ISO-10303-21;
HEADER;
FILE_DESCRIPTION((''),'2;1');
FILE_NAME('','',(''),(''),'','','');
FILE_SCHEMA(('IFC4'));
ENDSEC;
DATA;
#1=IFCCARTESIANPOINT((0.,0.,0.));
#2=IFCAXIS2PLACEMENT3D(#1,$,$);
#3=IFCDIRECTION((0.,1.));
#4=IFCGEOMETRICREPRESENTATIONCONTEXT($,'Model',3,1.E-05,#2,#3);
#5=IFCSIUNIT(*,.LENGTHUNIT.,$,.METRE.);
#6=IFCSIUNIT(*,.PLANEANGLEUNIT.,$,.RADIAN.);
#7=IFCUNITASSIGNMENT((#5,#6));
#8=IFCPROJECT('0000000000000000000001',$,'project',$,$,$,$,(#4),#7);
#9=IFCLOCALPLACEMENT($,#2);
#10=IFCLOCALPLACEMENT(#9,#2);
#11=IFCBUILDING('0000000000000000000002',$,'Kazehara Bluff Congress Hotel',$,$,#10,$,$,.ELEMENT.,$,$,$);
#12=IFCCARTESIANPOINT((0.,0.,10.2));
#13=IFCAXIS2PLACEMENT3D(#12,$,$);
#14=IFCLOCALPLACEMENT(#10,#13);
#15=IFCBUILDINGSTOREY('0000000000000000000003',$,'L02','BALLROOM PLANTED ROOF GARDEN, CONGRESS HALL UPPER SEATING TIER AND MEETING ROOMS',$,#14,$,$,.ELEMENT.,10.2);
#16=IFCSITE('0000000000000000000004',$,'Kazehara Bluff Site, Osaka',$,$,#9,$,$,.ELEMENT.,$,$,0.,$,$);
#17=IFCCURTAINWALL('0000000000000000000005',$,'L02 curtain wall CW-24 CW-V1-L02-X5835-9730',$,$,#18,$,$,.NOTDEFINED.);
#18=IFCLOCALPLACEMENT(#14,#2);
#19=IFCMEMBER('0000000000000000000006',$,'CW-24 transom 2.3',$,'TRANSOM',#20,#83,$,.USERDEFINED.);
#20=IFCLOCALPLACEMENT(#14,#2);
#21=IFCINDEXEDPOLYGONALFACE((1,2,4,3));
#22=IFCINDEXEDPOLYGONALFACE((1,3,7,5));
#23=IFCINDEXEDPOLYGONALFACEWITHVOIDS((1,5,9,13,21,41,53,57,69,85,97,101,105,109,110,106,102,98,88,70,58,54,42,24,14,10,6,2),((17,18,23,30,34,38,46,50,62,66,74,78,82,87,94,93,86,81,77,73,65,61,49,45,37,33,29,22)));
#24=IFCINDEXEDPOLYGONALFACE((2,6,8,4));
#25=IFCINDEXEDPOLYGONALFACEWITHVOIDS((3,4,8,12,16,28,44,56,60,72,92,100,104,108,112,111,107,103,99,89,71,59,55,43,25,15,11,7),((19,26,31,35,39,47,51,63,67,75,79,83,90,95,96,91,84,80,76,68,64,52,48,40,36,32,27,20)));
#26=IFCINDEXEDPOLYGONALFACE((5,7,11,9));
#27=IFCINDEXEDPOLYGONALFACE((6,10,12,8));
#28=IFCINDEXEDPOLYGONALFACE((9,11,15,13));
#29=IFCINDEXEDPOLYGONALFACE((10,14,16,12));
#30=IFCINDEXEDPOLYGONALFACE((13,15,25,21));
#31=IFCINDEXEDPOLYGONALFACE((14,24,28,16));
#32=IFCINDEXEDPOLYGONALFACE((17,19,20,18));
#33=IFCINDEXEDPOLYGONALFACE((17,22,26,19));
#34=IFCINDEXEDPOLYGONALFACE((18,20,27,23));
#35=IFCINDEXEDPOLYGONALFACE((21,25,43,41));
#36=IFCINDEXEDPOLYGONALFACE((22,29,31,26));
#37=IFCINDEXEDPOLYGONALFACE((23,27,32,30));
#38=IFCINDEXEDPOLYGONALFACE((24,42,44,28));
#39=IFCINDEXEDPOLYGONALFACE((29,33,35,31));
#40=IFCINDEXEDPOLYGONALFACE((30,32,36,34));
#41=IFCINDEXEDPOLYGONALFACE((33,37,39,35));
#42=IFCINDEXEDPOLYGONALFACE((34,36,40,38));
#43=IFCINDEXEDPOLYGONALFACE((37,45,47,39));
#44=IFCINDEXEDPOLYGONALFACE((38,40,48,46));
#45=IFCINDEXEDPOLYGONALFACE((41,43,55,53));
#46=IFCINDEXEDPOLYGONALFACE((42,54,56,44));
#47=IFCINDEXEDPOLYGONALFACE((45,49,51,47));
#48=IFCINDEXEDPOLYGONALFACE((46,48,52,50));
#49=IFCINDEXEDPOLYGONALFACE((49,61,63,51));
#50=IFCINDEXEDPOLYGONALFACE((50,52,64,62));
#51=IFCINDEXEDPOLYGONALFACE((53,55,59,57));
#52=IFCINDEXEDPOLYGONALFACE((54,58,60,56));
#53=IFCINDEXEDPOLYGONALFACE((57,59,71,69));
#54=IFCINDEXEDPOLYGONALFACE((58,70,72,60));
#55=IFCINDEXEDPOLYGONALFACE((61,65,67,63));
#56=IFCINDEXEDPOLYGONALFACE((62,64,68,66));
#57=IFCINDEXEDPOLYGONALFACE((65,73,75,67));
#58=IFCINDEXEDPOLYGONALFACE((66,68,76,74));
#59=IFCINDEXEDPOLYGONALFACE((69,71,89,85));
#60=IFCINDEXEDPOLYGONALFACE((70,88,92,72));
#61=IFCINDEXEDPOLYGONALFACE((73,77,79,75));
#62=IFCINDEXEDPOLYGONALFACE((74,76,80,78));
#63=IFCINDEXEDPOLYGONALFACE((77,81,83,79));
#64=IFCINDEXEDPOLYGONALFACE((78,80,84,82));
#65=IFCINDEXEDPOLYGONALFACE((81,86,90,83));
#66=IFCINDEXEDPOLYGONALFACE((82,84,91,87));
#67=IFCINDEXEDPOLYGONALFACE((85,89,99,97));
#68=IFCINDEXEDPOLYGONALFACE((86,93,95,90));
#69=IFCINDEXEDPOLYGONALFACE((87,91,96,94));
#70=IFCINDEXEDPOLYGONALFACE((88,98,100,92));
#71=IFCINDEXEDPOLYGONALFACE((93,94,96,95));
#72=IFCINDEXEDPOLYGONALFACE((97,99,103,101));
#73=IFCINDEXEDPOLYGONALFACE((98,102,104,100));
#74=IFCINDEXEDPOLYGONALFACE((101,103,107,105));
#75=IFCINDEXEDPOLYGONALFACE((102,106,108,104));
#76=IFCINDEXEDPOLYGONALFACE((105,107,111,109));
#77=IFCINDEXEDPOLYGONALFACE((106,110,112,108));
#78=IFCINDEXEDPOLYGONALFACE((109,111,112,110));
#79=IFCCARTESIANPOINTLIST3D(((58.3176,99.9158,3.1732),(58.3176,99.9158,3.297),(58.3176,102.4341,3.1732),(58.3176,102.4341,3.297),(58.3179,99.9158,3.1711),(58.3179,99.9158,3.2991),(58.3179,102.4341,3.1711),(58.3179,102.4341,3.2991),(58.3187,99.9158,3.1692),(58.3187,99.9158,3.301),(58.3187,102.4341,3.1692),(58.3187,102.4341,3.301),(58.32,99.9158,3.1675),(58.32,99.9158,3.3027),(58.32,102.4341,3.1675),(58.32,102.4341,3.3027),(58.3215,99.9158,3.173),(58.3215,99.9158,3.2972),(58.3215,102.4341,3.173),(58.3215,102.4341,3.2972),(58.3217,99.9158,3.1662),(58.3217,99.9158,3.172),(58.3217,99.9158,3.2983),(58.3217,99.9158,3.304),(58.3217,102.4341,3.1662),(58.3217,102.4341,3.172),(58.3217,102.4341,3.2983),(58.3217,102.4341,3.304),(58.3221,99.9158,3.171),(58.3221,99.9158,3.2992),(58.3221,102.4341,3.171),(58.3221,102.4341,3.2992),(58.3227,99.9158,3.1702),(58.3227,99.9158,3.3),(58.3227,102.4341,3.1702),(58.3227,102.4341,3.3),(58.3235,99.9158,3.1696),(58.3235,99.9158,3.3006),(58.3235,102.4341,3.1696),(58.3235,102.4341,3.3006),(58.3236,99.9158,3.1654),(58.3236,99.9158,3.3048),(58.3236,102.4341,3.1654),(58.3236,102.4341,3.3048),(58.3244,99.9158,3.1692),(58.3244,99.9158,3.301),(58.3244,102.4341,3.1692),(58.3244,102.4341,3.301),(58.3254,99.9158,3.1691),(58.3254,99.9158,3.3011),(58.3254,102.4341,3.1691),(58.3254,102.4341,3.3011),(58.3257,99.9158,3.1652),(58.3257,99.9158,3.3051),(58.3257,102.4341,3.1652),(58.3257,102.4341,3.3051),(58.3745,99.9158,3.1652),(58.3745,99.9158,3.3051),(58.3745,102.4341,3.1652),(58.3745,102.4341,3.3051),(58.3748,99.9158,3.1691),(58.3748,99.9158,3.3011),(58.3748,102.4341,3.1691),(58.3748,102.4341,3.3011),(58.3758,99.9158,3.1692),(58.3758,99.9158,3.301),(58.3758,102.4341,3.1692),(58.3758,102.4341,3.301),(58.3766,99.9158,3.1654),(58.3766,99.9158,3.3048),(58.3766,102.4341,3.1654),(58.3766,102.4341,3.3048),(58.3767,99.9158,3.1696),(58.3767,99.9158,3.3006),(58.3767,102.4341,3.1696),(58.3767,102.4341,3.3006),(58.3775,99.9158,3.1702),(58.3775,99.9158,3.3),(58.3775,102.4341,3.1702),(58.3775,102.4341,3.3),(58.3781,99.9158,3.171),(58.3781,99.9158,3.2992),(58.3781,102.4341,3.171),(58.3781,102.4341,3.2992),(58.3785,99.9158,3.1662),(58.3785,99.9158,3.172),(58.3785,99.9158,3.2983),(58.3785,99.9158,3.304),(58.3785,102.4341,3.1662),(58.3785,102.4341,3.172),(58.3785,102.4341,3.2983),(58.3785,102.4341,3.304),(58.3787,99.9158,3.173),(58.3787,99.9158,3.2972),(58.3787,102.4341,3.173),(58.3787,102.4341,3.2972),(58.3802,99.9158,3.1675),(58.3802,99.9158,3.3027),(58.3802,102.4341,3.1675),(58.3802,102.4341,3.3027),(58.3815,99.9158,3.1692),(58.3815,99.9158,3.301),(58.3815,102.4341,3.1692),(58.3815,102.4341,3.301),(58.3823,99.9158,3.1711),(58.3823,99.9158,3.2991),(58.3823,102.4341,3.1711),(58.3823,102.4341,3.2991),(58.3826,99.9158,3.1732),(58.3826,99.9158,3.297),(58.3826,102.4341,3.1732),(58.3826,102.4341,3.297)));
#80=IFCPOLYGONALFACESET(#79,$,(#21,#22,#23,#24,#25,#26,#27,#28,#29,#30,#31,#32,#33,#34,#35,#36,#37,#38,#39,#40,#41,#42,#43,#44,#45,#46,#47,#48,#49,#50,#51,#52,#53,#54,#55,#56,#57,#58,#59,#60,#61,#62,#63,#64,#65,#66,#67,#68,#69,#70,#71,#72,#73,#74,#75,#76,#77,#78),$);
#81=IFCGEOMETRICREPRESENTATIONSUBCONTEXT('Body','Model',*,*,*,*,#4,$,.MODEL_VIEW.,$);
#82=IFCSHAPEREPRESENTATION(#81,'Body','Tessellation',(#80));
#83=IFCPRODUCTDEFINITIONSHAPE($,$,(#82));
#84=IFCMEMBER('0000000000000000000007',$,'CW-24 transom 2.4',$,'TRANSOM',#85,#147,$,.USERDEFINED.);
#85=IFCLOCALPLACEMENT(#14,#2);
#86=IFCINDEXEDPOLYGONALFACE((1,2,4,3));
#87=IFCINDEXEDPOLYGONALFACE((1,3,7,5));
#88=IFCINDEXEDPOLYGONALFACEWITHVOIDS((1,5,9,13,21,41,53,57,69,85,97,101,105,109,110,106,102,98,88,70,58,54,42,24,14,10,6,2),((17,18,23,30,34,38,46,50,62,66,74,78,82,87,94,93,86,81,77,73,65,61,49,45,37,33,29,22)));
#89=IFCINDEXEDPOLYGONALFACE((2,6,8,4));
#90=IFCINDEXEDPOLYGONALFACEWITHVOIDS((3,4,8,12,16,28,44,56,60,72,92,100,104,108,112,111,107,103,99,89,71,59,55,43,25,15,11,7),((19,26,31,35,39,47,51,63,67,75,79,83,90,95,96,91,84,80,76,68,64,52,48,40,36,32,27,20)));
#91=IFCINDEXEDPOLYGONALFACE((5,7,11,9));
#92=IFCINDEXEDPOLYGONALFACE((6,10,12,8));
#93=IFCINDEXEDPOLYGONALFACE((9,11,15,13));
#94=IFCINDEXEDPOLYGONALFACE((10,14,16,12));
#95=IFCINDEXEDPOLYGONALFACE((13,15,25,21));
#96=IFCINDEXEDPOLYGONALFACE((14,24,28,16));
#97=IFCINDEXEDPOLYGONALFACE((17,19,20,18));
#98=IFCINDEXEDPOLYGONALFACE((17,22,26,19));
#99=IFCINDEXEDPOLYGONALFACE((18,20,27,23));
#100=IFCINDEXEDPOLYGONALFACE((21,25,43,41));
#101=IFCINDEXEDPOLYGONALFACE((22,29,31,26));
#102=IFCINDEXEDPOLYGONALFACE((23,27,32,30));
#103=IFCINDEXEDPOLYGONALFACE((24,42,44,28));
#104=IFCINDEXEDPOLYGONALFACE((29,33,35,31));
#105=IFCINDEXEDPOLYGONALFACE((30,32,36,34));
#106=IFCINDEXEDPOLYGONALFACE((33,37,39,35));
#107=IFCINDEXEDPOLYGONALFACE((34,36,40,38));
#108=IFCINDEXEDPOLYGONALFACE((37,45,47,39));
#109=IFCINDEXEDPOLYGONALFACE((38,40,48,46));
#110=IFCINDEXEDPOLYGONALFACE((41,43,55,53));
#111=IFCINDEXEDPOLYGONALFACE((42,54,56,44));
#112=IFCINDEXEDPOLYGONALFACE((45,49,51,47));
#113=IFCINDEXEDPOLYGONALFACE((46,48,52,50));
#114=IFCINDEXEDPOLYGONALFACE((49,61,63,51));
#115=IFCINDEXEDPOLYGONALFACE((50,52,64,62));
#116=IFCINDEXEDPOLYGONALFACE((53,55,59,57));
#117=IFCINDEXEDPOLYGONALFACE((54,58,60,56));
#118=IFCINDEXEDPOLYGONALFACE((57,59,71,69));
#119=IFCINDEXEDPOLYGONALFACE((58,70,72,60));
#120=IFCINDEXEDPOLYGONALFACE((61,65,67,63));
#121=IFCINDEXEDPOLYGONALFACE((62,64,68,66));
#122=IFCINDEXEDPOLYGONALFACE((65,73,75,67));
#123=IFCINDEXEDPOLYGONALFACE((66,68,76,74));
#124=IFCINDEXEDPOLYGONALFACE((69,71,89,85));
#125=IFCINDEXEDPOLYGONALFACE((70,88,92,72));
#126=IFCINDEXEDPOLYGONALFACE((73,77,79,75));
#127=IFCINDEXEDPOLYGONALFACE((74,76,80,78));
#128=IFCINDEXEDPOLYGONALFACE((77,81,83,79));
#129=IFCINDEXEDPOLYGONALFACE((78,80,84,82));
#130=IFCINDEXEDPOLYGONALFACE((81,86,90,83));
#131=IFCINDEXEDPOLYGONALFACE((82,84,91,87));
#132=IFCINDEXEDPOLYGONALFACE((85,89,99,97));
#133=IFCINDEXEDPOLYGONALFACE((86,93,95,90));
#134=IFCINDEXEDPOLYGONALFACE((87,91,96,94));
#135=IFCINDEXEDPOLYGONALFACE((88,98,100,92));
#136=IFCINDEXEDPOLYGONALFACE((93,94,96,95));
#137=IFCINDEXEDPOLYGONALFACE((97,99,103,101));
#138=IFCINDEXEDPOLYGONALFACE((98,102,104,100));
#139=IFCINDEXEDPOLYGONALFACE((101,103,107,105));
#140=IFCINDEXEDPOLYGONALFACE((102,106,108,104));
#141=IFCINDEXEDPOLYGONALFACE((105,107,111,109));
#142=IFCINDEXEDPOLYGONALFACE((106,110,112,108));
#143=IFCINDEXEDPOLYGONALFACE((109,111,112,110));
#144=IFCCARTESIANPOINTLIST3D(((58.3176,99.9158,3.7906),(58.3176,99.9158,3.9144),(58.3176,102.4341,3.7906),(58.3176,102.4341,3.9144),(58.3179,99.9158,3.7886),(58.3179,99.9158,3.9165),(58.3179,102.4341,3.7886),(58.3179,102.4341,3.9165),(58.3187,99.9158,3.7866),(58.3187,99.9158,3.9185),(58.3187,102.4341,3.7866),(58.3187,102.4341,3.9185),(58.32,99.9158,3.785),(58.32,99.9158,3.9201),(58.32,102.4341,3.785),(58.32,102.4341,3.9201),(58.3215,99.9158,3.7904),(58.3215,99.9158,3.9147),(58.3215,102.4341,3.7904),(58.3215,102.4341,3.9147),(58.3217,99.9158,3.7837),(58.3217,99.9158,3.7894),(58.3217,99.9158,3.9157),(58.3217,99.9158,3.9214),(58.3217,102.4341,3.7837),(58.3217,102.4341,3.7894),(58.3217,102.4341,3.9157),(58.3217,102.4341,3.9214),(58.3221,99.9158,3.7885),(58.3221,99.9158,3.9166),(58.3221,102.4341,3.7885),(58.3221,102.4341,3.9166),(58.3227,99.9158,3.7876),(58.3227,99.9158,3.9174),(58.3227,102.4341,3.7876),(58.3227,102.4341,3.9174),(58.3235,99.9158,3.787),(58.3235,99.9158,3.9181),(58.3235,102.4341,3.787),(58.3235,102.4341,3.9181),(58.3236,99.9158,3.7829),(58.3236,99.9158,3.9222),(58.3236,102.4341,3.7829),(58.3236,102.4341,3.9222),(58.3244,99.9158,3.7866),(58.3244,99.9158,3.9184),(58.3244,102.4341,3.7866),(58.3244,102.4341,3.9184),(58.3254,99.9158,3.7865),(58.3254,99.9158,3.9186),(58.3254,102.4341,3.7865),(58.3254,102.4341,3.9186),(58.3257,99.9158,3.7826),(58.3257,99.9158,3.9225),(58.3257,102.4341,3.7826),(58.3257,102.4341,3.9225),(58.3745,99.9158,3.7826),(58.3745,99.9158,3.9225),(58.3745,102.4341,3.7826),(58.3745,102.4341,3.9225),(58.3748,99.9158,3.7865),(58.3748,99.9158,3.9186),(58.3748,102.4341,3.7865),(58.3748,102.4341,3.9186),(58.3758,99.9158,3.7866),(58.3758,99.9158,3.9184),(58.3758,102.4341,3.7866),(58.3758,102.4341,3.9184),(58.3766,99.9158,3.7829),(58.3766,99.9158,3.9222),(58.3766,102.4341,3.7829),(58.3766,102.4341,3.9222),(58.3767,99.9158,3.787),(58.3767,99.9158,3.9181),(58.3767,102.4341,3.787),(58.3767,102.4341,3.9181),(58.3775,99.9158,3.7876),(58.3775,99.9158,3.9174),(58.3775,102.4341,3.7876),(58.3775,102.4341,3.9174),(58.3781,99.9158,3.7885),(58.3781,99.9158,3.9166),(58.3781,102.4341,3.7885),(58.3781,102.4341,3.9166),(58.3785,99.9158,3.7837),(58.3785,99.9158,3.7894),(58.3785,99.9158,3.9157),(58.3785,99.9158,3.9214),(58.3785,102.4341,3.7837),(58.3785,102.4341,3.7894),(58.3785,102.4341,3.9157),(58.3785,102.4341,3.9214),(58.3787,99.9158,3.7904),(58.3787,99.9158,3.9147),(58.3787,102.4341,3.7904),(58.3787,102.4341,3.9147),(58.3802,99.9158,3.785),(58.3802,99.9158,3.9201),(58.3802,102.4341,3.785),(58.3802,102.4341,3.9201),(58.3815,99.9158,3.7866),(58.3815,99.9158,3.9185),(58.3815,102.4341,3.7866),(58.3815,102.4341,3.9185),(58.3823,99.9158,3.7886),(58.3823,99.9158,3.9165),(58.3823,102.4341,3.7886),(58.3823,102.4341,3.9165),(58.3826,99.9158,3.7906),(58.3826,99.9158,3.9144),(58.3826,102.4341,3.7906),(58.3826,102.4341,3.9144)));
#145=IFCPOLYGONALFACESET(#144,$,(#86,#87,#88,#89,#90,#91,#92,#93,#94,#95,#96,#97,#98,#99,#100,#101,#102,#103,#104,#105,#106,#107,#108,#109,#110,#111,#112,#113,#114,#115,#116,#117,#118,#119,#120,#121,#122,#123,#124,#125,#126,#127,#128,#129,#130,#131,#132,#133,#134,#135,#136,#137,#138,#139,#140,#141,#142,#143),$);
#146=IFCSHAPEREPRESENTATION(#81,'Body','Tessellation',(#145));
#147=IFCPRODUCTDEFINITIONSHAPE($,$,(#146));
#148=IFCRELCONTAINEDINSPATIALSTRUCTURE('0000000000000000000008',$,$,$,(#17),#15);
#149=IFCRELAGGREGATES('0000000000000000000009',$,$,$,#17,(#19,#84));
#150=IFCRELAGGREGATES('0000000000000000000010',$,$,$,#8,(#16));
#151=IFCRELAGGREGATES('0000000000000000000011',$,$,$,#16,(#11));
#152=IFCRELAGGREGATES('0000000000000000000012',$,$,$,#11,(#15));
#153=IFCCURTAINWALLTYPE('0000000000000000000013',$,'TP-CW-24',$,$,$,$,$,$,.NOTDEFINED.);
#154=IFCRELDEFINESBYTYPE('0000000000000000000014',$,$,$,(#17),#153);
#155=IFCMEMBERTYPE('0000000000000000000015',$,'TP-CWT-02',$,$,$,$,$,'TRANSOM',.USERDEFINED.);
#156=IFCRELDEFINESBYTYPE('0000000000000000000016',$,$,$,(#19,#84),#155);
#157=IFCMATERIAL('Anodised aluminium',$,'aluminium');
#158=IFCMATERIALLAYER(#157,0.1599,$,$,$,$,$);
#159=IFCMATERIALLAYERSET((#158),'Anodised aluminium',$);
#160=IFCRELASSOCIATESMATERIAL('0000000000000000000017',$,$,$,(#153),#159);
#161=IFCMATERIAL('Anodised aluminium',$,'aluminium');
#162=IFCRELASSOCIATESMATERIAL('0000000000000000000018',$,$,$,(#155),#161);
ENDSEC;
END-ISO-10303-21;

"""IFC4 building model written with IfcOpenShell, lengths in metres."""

from ifc_helpers import new_model, si_unit, direction, frame, origin, origin_2d, place, context, subcontext, project, spatial, hollow_rectangle, extrude, material, layer, layer_set, material_profile, profile_set, type_object, element, aggregate, save


model = new_model("IFC4")

# Units and contexts
model_context = context("Model", 3, precision=1e-05, world=origin(), true_north=direction((0.0, 1.0)))
body_context = subcontext(model_context, "Body", "Model", "MODEL_VIEW")
ifc_project = project(units=[si_unit("LENGTHUNIT", "METRE"), si_unit("PLANEANGLEUNIT", "RADIAN")], contexts=[model_context])

# Site, building, storey
site_placement = place(None, origin())
site = spatial("IfcSite", under=ifc_project, at=site_placement, Name="Kazehara Bluff Site, Osaka", CompositionType="ELEMENT", RefElevation=0.0)
building_placement = place(site_placement, origin())
building = spatial("IfcBuilding", under=site, at=building_placement, Name="Kazehara Bluff Congress Hotel", CompositionType="ELEMENT")
storey_placement = place(building_placement, frame((0.0, 0.0, 10.2)))
storey = spatial("IfcBuildingStorey", under=building, at=storey_placement, Name="L02", Description="BALLROOM PLANTED ROOF GARDEN, CONGRESS HALL UPPER SEATING TIER AND MEETING ROOMS", CompositionType="ELEMENT", Elevation=10.2)

# Curtain wall
ifc_material_1 = material(Name="Anodised aluminium", Category="aluminium")
ifc_layer_1 = layer(ifc_material_1, 0.1599)
ifc_layer_set_1 = layer_set([ifc_layer_1], Name="Anodised aluminium")
curtain_wall_type_1 = type_object("IfcCurtainWallType", Name="TP-CW-24", PredefinedType="NOTDEFINED", material=ifc_layer_set_1)
curtain_wall_1_placement = place(storey_placement, origin())
curtain_wall_1 = element("IfcCurtainWall", 1, at=curtain_wall_1_placement, inside=storey, type_object=curtain_wall_type_1, Name="L02 curtain wall CW-24 CW-V1-L02-X5835-9730", PredefinedType="NOTDEFINED")

# Members
ifc_material_2 = material(Name="Anodised aluminium", Category="aluminium")
ifc_material_profile_1 = material_profile(ifc_material_2, hollow_rectangle(XDim=0.0649, YDim=0.1399, WallThickness=0.0039, InnerFilletRadius=0.0039, OuterFilletRadius=0.0081, at=origin_2d()))
ifc_profile_set_1 = profile_set([ifc_material_profile_1], Name="Anodised aluminium")
member_type_1 = type_object("IfcMemberType", Name="TP-CWT-02", ElementType="TRANSOM", PredefinedType="USERDEFINED", material=ifc_profile_set_1)
member_1_placement = place(storey_placement, frame((58.3501, 99.9158, 3.2351), z_axis=(0.0, 1.0, 0.0), x_axis=(-1.0, 0.0, 0.0)))
member_1 = element("IfcMember", 2, at=member_1_placement, type_object=member_type_1, Name="CW-24 transom 2.3", ObjectType="TRANSOM", PredefinedType="USERDEFINED", context=body_context, shape_type="SweptSolid", body=[
    extrude(hollow_rectangle(XDim=0.0649, YDim=0.1399, WallThickness=0.0039, InnerFilletRadius=0.0039, OuterFilletRadius=0.0081, at=origin_2d()), origin(), (0.0, 0.0, 1.0), 2.5183),
])
member_2_placement = place(storey_placement, frame((58.3501, 99.9158, 3.8525), z_axis=(0.0, 1.0, 0.0), x_axis=(-1.0, 0.0, 0.0)))
member_2 = element("IfcMember", 3, at=member_2_placement, type_object=member_type_1, Name="CW-24 transom 2.4", ObjectType="TRANSOM", PredefinedType="USERDEFINED", context=body_context, shape_type="SweptSolid", body=[
    extrude(hollow_rectangle(XDim=0.0649, YDim=0.1399, WallThickness=0.0039, InnerFilletRadius=0.0039, OuterFilletRadius=0.0081, at=origin_2d()), origin(), (0.0, 0.0, 1.0), 2.5183),
])

aggregate(curtain_wall_1, [member_1, member_2])

save(model, "model.ifc")
